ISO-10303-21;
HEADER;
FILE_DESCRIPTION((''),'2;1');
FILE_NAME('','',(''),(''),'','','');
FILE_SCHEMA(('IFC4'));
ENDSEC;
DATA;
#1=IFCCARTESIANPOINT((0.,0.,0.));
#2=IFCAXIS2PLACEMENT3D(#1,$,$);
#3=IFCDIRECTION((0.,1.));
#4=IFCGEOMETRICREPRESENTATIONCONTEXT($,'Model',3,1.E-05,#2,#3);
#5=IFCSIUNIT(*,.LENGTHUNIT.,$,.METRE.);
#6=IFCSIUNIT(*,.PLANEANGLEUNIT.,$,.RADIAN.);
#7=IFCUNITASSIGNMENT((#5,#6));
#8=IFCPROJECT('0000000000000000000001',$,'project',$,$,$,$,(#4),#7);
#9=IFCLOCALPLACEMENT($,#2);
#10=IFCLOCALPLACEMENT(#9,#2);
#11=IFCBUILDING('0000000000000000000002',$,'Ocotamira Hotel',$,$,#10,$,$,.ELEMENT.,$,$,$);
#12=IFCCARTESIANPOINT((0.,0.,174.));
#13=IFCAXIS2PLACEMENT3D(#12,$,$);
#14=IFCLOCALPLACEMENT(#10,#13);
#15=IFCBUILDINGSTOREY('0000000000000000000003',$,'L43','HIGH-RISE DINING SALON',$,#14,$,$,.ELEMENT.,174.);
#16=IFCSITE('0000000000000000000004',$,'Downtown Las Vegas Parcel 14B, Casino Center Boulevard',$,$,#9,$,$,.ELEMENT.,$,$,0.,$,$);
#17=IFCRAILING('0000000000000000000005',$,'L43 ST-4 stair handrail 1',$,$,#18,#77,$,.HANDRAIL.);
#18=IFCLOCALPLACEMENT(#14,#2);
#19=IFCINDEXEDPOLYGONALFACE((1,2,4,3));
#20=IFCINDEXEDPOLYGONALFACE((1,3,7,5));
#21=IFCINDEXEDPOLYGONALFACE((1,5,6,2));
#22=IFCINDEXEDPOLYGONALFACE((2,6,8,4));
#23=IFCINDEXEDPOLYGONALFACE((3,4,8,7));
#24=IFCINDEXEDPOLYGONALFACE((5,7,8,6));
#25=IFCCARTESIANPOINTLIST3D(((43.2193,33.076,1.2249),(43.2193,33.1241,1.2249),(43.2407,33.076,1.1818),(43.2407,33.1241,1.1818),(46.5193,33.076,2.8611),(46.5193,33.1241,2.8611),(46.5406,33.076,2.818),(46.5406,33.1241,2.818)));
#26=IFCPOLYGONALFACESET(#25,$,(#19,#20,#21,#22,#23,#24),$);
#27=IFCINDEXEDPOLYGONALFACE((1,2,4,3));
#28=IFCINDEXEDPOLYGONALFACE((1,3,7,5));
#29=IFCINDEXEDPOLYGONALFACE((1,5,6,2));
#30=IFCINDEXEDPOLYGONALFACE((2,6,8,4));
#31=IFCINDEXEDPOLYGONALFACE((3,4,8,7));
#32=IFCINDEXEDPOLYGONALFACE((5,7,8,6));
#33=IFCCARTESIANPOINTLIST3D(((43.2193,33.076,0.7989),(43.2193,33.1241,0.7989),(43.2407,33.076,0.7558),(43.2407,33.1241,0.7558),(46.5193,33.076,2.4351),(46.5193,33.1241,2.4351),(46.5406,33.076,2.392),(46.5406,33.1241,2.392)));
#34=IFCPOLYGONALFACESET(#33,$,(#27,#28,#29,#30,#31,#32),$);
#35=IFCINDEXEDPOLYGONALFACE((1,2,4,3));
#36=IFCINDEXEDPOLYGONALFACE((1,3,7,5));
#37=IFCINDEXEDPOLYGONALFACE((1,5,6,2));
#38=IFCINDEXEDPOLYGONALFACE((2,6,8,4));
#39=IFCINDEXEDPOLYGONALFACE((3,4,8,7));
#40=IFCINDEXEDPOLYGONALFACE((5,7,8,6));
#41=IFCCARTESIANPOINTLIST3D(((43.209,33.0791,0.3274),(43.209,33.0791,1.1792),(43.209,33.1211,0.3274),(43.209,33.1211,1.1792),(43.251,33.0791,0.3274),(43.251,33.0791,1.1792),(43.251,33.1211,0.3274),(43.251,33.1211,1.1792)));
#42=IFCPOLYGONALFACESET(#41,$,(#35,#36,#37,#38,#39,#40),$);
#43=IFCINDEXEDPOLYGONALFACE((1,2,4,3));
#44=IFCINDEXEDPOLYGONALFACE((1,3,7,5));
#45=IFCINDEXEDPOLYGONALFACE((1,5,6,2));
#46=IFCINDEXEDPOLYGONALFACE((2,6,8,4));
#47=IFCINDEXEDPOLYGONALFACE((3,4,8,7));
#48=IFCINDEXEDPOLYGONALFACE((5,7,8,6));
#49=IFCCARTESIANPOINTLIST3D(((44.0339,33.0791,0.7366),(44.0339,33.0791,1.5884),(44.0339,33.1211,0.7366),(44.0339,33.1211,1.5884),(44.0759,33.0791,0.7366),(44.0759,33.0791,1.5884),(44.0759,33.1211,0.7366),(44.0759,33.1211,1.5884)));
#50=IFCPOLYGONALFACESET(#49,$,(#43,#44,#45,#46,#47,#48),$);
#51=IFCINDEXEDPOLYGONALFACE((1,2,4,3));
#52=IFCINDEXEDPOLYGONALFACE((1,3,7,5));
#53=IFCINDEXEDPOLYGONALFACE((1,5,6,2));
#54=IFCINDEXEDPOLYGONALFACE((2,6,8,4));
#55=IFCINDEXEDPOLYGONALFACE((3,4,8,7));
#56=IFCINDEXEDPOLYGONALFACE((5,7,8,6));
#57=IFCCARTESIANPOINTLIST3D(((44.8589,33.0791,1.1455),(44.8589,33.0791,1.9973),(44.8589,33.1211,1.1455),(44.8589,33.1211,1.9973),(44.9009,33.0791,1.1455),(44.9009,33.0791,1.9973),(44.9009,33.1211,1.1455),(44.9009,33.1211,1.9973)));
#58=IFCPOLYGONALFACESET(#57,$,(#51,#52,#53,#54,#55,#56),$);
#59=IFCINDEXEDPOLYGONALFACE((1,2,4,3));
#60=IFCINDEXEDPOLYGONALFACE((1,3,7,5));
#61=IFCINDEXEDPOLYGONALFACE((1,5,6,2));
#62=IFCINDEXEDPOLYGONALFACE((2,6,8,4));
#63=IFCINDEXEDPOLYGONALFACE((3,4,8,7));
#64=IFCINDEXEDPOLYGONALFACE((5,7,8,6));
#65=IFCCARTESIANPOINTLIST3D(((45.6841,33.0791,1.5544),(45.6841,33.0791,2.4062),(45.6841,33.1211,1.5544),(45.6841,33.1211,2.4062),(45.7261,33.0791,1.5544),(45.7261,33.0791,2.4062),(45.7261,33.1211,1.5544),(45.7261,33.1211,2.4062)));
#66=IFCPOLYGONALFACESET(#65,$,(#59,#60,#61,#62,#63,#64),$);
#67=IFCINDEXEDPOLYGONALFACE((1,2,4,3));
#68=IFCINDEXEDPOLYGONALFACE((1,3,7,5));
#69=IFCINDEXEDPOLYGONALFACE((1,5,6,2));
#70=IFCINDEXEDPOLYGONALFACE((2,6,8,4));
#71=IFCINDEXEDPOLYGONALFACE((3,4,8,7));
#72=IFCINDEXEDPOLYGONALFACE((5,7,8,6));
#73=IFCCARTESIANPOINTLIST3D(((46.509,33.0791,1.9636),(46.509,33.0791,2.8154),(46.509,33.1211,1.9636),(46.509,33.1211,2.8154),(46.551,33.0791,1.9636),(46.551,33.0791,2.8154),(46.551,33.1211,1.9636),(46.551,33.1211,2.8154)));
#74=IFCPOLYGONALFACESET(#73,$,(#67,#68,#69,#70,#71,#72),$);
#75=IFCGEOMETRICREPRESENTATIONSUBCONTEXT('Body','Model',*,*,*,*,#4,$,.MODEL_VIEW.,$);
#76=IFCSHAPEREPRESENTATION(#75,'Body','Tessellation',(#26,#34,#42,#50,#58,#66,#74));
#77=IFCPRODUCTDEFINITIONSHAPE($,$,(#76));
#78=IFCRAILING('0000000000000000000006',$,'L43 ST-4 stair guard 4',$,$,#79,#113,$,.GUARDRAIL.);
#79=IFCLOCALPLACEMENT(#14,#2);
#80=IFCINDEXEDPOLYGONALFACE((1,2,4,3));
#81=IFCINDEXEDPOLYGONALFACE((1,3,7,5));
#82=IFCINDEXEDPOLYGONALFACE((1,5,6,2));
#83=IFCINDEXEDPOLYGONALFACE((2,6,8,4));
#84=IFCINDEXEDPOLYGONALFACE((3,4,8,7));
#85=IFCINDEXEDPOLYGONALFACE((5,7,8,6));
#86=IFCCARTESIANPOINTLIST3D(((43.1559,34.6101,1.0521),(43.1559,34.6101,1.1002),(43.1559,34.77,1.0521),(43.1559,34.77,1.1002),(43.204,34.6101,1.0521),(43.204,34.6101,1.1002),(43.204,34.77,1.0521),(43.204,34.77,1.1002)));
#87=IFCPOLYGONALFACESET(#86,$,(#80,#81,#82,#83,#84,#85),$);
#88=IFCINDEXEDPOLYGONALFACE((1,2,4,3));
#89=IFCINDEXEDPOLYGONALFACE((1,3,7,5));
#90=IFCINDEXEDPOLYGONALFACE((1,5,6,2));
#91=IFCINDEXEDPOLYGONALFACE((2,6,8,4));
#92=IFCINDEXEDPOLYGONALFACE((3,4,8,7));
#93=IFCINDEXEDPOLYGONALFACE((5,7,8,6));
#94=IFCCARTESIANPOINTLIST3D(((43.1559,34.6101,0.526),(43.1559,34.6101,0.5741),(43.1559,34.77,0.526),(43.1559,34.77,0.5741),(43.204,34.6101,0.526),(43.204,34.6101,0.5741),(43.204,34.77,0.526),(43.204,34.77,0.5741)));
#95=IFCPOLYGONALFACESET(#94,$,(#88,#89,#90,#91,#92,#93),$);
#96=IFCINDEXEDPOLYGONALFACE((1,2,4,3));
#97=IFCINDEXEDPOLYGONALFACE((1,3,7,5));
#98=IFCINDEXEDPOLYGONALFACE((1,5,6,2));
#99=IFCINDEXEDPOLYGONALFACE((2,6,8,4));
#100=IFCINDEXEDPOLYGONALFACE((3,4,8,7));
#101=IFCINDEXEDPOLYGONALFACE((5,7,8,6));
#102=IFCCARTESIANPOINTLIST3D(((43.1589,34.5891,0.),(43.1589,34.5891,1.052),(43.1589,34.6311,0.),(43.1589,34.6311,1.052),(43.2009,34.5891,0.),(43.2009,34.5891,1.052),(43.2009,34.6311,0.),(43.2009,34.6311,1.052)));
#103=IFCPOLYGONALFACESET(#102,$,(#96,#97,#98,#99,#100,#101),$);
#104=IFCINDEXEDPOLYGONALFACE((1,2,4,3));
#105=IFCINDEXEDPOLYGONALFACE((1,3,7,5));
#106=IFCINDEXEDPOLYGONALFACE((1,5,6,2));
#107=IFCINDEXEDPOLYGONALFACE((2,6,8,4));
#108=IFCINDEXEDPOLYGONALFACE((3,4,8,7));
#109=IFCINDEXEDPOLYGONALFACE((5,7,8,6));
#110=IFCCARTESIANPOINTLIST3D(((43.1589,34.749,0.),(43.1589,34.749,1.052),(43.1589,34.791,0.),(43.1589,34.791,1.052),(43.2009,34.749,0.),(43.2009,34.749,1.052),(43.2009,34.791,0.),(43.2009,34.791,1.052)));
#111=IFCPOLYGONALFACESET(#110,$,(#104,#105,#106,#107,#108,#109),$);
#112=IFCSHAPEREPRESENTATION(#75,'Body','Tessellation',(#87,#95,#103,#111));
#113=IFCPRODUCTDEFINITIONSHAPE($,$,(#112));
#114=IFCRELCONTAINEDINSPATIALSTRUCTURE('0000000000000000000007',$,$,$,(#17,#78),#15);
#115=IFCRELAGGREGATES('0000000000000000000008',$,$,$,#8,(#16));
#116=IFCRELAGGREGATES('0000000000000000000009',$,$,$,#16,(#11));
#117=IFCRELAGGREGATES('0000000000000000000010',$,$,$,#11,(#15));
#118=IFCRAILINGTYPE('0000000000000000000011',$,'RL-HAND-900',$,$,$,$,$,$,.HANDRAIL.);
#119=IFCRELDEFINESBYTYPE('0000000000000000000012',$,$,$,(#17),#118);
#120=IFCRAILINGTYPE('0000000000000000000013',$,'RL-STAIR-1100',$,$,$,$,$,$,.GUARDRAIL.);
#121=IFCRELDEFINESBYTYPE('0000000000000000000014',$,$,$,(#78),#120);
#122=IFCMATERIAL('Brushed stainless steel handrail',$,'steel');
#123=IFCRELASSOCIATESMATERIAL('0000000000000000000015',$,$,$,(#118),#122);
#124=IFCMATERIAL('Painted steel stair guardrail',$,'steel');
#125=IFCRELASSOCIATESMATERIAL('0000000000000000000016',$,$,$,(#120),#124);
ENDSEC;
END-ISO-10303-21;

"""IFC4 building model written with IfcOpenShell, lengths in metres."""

from ifc_helpers import new_model, si_unit, direction, frame, origin, origin_2d, place, context, subcontext, project, spatial, rectangle, extrude, material, type_object, element, save


model = new_model("IFC4")

# Units and contexts
model_context = context("Model", 3, precision=1e-05, world=origin(), true_north=direction((0.0, 1.0)))
body_context = subcontext(model_context, "Body", "Model", "MODEL_VIEW")
ifc_project = project(units=[si_unit("LENGTHUNIT", "METRE"), si_unit("PLANEANGLEUNIT", "RADIAN")], contexts=[model_context])

# Site, building, storey
site_placement = place(None, origin())
site = spatial("IfcSite", under=ifc_project, at=site_placement, Name="Downtown Las Vegas Parcel 14B, Casino Center Boulevard", CompositionType="ELEMENT", RefElevation=0.0)
building_placement = place(site_placement, origin())
building = spatial("IfcBuilding", under=site, at=building_placement, Name="Ocotamira Hotel", CompositionType="ELEMENT")
storey_placement = place(building_placement, frame((0.0, 0.0, 174.0)))
storey = spatial("IfcBuildingStorey", under=building, at=storey_placement, Name="L43", Description="HIGH-RISE DINING SALON", CompositionType="ELEMENT", Elevation=174.0)

# Railings
ifc_material_1 = material(Name="Painted steel stair guardrail", Category="steel")
ifc_material_2 = material(Name="Brushed stainless steel handrail", Category="steel")
railing_type_1 = type_object("IfcRailingType", Name="RL-HAND-900", PredefinedType="HANDRAIL", material=ifc_material_2)
railing_1_placement = place(storey_placement, frame((43.23, 33.1001, 0.3274)))
element("IfcRailing", 1, at=railing_1_placement, inside=storey, type_object=railing_type_1, Name="L43 ST-4 stair handrail 1", PredefinedType="HANDRAIL", context=body_context, shape_type="SweptSolid", body=[
    extrude(rectangle(XDim=0.0481, YDim=0.0481, at=origin_2d()), frame((0.0, 0.0, 0.876), z_axis=(0.89592, 0.0, 0.444215), x_axis=(0.0, 1.0, 0.0)), (0.0, 0.0, 1.0), 3.6833),
    extrude(rectangle(XDim=0.0481, YDim=0.0481, at=origin_2d()), frame((0.0, 0.0, 0.45), z_axis=(0.89592, 0.0, 0.444215), x_axis=(0.0, 1.0, 0.0)), (0.0, 0.0, 1.0), 3.6833),
    extrude(rectangle(XDim=0.042, YDim=0.042, at=origin_2d()), origin(), (0.0, 0.0, 1.0), 0.8518),
    extrude(rectangle(XDim=0.042, YDim=0.042, at=origin_2d()), frame((0.825, 0.0, 0.4092)), (0.0, 0.0, 1.0), 0.8518),
    extrude(rectangle(XDim=0.042, YDim=0.042, at=origin_2d()), frame((1.6499, 0.0, 0.8181)), (0.0, 0.0, 1.0), 0.8518),
    extrude(rectangle(XDim=0.042, YDim=0.042, at=origin_2d()), frame((2.4751, 0.0, 1.2271)), (0.0, 0.0, 1.0), 0.8518),
    extrude(rectangle(XDim=0.042, YDim=0.042, at=origin_2d()), frame((3.3, 0.0, 1.6362)), (0.0, 0.0, 1.0), 0.8518),
])
railing_type_2 = type_object("IfcRailingType", Name="RL-STAIR-1100", PredefinedType="GUARDRAIL", material=ifc_material_1)
railing_2_placement = place(storey_placement, frame((43.1799, 34.6101, 0.0)))
element("IfcRailing", 2, at=railing_2_placement, inside=storey, type_object=railing_type_2, Name="L43 ST-4 stair guard 4", PredefinedType="GUARDRAIL", context=body_context, shape_type="SweptSolid", body=[
    extrude(rectangle(XDim=0.0481, YDim=0.0481, at=origin_2d()), frame((0.0, 0.0, 1.0762), z_axis=(0.0, 1.0, 0.0), x_axis=(-1.0, 0.0, 0.0)), (0.0, 0.0, 1.0), 0.1599),
    extrude(rectangle(XDim=0.0481, YDim=0.0481, at=origin_2d()), frame((0.0, 0.0, 0.55), z_axis=(0.0, 1.0, 0.0), x_axis=(-1.0, 0.0, 0.0)), (0.0, 0.0, 1.0), 0.1599),
    extrude(rectangle(XDim=0.042, YDim=0.042, at=origin_2d()), origin(), (0.0, 0.0, 1.0), 1.052),
    extrude(rectangle(XDim=0.042, YDim=0.042, at=origin_2d()), frame((0.0, 0.1599, 0.0)), (0.0, 0.0, 1.0), 1.052),
])

save(model, "model.ifc")
